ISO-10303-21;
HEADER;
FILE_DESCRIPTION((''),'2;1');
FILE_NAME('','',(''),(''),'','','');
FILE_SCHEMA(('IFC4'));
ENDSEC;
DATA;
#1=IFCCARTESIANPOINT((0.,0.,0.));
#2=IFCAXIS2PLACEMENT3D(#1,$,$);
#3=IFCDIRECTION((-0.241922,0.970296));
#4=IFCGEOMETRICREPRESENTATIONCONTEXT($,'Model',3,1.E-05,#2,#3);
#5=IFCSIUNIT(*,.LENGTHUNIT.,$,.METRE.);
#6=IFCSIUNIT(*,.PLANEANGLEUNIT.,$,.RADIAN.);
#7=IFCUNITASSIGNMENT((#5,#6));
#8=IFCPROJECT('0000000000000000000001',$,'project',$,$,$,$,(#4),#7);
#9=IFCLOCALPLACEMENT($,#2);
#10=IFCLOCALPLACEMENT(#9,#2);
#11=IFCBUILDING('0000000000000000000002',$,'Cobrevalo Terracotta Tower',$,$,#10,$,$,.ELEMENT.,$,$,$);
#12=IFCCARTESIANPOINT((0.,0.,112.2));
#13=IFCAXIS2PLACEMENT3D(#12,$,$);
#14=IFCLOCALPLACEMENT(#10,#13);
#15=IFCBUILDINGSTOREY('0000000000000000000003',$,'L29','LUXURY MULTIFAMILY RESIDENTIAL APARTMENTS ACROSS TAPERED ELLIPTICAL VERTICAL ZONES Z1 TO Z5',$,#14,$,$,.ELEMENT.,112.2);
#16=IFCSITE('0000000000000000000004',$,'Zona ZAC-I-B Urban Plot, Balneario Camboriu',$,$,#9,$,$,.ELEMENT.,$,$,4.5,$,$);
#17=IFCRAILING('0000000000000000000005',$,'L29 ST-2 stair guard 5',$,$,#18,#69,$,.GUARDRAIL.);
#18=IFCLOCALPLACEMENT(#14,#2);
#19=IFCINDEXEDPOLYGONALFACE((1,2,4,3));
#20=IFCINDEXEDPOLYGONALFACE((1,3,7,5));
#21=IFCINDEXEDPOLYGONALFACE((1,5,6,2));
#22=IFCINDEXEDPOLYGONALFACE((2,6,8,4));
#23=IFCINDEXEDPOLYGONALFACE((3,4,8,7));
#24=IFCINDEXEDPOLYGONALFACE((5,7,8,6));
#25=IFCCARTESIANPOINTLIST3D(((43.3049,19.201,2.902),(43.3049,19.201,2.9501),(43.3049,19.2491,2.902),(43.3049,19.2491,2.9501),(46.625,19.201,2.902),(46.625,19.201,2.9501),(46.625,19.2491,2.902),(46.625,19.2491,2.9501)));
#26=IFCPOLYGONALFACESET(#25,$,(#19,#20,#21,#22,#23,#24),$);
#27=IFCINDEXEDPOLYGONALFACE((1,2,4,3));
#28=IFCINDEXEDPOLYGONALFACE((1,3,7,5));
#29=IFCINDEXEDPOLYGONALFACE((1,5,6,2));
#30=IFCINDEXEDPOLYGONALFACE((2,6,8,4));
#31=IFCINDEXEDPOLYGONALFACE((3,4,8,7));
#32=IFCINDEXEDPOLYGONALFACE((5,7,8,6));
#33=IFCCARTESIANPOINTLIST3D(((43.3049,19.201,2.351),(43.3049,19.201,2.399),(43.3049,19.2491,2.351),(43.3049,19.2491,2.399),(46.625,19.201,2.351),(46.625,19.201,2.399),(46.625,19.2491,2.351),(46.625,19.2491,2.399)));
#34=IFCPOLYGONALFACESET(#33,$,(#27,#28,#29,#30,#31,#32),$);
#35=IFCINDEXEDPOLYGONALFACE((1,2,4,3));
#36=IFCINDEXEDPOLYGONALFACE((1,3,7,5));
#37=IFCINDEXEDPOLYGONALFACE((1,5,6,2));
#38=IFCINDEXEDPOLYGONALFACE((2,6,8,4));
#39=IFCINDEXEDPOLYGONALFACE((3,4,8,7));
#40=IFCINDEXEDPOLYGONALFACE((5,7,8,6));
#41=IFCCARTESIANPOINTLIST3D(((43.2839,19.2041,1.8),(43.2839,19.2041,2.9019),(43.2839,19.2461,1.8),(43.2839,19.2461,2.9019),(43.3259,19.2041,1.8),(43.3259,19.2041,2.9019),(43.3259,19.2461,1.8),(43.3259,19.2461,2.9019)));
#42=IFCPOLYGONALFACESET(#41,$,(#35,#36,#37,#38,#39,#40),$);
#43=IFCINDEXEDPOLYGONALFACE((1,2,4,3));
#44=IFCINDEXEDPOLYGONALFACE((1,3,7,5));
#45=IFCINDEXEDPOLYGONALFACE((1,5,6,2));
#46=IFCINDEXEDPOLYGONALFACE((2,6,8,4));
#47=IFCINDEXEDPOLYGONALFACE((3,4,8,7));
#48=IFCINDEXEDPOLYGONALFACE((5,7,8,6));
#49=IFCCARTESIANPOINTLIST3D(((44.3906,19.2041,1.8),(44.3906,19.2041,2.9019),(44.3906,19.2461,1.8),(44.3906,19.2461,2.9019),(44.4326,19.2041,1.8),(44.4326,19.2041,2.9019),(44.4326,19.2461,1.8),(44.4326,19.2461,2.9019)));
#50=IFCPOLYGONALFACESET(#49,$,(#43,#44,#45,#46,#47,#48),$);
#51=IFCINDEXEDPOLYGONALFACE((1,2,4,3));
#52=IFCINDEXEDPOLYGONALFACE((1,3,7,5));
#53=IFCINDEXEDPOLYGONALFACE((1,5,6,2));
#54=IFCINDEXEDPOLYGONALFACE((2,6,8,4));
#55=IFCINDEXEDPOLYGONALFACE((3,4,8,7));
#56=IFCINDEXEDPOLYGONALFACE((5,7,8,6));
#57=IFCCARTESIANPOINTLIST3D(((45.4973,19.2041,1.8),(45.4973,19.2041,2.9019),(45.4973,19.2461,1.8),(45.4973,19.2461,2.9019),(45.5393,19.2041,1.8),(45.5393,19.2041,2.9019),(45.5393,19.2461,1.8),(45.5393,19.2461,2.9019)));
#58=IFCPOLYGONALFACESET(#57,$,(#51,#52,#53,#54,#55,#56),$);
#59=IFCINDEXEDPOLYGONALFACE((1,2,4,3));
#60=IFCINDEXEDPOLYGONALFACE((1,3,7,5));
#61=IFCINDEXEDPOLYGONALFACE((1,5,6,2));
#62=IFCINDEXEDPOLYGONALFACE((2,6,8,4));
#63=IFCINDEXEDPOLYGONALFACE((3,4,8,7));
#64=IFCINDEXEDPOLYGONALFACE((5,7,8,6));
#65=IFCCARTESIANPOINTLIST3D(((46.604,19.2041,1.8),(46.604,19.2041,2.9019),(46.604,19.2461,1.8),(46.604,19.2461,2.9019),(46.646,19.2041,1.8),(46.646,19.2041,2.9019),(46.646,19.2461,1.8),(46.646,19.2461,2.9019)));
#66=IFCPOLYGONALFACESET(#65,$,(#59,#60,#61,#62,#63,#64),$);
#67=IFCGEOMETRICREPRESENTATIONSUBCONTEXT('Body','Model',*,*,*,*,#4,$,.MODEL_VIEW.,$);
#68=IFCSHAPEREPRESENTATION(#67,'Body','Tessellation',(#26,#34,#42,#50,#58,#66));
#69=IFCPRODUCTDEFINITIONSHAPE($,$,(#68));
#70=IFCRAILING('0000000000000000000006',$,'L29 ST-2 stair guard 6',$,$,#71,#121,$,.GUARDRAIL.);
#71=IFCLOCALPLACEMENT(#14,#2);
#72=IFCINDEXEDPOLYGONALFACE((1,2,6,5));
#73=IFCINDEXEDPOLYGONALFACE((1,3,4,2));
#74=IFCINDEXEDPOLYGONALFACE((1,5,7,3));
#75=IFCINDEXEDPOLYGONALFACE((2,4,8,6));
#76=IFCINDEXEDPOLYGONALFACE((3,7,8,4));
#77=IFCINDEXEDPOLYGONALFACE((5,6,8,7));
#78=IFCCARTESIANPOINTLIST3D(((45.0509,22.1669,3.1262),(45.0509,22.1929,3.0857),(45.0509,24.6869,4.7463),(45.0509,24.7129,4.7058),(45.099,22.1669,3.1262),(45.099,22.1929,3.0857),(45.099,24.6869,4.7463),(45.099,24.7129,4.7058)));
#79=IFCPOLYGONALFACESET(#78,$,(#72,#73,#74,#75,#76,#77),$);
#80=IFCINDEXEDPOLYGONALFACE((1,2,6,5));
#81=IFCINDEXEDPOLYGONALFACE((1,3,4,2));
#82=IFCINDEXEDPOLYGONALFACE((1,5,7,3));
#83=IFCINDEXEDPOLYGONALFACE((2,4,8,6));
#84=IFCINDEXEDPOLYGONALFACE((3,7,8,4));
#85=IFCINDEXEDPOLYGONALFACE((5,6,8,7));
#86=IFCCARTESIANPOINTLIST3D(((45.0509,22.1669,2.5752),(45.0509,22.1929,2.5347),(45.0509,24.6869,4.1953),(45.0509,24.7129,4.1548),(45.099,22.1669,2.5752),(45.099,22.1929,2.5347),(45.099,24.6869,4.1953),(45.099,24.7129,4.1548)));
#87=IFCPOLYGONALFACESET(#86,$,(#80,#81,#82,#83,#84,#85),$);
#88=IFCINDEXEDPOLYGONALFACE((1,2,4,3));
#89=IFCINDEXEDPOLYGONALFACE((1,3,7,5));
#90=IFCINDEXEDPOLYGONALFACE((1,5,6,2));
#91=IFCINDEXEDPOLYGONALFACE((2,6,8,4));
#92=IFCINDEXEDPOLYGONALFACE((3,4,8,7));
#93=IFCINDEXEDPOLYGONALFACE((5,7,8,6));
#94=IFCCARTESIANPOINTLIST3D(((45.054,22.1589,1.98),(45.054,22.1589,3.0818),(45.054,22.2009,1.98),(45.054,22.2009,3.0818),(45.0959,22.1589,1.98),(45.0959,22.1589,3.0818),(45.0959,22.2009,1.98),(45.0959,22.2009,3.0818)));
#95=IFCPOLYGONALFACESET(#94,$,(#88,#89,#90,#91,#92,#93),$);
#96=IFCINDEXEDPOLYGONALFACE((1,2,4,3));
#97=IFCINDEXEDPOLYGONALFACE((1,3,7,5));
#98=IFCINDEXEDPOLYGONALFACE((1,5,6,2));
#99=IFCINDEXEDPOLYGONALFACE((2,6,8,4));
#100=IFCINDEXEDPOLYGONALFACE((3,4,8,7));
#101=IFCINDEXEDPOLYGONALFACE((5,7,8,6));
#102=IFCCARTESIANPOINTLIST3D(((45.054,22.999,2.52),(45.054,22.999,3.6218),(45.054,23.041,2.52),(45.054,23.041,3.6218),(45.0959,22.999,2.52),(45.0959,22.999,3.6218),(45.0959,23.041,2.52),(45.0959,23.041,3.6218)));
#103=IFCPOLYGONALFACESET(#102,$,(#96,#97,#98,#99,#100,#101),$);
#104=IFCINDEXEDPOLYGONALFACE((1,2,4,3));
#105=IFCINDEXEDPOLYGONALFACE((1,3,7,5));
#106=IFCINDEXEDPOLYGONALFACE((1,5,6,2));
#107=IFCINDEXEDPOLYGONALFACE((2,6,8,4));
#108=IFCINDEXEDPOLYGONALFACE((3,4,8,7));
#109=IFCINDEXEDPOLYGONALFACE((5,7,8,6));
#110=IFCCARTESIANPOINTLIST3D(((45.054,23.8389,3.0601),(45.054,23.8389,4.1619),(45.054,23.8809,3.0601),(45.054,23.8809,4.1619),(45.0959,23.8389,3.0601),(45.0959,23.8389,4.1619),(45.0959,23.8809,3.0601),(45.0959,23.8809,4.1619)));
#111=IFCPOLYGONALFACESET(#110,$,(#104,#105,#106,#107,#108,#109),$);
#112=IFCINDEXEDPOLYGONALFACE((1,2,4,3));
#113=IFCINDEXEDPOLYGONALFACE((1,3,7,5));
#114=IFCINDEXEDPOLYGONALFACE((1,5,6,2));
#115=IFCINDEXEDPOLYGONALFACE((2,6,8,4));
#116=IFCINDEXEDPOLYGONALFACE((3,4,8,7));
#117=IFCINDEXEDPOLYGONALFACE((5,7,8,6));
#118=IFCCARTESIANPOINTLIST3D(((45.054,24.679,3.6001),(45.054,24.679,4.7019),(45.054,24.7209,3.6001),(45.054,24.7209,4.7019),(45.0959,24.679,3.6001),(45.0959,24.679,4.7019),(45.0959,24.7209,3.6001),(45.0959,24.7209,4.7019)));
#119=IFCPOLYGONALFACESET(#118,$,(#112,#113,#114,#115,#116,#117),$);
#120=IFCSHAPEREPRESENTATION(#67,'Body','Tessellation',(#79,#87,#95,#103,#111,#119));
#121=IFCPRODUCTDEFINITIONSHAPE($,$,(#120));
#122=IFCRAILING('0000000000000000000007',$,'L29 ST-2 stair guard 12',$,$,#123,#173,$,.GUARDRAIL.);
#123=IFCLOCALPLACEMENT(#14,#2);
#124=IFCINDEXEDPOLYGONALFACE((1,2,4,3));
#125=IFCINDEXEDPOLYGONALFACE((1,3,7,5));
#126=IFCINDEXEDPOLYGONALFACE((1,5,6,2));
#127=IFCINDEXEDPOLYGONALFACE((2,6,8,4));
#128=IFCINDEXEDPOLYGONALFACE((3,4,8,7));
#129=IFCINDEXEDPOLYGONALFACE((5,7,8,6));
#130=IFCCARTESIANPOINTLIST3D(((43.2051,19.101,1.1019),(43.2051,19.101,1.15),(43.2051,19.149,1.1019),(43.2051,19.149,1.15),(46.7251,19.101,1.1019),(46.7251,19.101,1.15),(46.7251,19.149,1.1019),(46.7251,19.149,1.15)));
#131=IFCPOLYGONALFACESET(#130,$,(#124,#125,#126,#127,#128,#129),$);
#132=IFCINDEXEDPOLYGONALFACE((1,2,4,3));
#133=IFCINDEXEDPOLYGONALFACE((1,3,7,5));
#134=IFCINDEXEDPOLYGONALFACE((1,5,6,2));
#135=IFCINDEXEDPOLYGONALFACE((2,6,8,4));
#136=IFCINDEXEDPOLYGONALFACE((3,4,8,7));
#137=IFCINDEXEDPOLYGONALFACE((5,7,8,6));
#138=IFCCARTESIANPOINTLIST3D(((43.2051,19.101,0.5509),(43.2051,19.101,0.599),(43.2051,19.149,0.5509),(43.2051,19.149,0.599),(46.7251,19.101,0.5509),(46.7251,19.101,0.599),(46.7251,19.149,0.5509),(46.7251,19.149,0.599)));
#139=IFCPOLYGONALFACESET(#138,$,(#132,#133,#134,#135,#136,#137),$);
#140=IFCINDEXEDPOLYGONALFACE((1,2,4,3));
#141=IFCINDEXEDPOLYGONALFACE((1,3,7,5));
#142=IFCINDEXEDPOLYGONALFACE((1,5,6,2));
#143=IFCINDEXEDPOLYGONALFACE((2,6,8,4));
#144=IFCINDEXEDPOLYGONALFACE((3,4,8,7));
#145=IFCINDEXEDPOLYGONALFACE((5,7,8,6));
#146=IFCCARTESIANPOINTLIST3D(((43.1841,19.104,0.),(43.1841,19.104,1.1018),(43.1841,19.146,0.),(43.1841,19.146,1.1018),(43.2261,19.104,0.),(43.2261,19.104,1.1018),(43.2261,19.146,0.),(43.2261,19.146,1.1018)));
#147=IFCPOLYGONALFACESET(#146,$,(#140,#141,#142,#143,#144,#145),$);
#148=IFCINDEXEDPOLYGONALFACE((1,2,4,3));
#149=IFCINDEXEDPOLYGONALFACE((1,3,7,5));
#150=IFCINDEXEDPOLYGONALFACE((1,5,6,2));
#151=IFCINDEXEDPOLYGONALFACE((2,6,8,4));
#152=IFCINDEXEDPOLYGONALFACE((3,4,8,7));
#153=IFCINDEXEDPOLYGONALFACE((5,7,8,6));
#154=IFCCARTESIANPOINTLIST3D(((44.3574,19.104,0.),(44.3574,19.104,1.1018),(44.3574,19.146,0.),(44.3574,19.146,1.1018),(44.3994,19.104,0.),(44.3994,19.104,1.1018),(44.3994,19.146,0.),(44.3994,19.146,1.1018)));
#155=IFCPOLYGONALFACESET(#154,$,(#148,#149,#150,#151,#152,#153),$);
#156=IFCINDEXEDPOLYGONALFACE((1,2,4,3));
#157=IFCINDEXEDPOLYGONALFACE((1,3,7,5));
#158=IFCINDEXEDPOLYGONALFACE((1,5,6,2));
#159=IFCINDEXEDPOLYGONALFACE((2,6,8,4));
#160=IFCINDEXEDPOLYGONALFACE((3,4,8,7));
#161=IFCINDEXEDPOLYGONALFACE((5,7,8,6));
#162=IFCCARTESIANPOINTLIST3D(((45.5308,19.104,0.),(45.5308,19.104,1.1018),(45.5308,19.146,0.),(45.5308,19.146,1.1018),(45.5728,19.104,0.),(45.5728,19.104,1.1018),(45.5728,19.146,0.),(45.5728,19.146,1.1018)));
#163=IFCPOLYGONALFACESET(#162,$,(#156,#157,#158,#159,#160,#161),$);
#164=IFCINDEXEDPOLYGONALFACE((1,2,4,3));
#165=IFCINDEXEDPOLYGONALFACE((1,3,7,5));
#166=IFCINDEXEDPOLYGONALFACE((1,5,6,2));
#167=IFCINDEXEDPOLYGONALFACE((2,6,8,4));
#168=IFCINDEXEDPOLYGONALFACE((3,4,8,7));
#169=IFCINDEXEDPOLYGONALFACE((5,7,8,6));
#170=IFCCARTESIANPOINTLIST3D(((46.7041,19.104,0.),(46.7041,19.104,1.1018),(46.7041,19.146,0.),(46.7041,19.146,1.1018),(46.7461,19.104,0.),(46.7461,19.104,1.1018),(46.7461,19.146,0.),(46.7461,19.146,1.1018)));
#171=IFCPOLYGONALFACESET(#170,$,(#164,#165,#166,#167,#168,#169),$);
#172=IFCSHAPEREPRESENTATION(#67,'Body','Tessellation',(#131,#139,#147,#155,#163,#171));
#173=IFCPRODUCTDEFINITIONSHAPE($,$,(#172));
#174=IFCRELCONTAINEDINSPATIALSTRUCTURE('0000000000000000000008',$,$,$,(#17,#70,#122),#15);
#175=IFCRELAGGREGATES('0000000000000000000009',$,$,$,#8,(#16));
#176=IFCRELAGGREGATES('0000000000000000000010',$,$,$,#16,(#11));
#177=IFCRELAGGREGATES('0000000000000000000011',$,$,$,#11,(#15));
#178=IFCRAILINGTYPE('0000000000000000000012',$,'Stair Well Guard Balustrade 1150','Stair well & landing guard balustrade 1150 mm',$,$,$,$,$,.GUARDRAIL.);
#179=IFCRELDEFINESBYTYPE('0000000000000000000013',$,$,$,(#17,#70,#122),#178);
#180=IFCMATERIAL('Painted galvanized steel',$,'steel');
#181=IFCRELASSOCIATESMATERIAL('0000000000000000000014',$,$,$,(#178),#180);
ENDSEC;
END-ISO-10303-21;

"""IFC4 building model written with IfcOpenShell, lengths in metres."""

from ifc_helpers import new_model, si_unit, direction, frame, origin, origin_2d, place, context, subcontext, project, spatial, rectangle, extrude, material, type_object, element, save


model = new_model("IFC4")

# Units and contexts
model_context = context("Model", 3, precision=1e-05, world=origin(), true_north=direction((-0.241922, 0.970296)))
body_context = subcontext(model_context, "Body", "Model", "MODEL_VIEW")
ifc_project = project(units=[si_unit("LENGTHUNIT", "METRE"), si_unit("PLANEANGLEUNIT", "RADIAN")], contexts=[model_context])

# Site, building, storey
site_placement = place(None, origin())
site = spatial("IfcSite", under=ifc_project, at=site_placement, Name="Zona ZAC-I-B Urban Plot, Balneario Camboriu", CompositionType="ELEMENT", RefElevation=4.5)
building_placement = place(site_placement, origin())
building = spatial("IfcBuilding", under=site, at=building_placement, Name="Cobrevalo Terracotta Tower", CompositionType="ELEMENT")
storey_placement = place(building_placement, frame((0.0, 0.0, 112.2)))
storey = spatial("IfcBuildingStorey", under=building, at=storey_placement, Name="L29", Description="LUXURY MULTIFAMILY RESIDENTIAL APARTMENTS ACROSS TAPERED ELLIPTICAL VERTICAL ZONES Z1 TO Z5", CompositionType="ELEMENT", Elevation=112.2)

# Railings
ifc_material_1 = material(Name="Painted galvanized steel", Category="steel")
railing_type_1 = type_object("IfcRailingType", Name="Stair Well Guard Balustrade 1150", Description="Stair well & landing guard balustrade 1150 mm", PredefinedType="GUARDRAIL", material=ifc_material_1)
railing_1_placement = place(storey_placement, frame((43.3049, 19.2251, 1.8)))
element("IfcRailing", 1, at=railing_1_placement, inside=storey, type_object=railing_type_1, Name="L29 ST-2 stair guard 5", PredefinedType="GUARDRAIL", context=body_context, shape_type="SweptSolid", body=[
    extrude(rectangle(XDim=0.0481, YDim=0.0481, at=origin_2d()), frame((0.0, 0.0, 1.126), z_axis=(1.0, 0.0, 0.0), x_axis=(0.0, 1.0, 0.0)), (0.0, 0.0, 1.0), 3.3201),
    extrude(rectangle(XDim=0.0481, YDim=0.0481, at=origin_2d()), frame((0.0, 0.0, 0.575), z_axis=(1.0, 0.0, 0.0), x_axis=(0.0, 1.0, 0.0)), (0.0, 0.0, 1.0), 3.3201),
    extrude(rectangle(XDim=0.042, YDim=0.042, at=origin_2d()), origin(), (0.0, 0.0, 1.0), 1.1018),
    extrude(rectangle(XDim=0.042, YDim=0.042, at=origin_2d()), frame((1.1067, 0.0, 0.0)), (0.0, 0.0, 1.0), 1.1018),
    extrude(rectangle(XDim=0.042, YDim=0.042, at=origin_2d()), frame((2.2134, 0.0, 0.0)), (0.0, 0.0, 1.0), 1.1018),
    extrude(rectangle(XDim=0.042, YDim=0.042, at=origin_2d()), frame((3.3201, 0.0, 0.0)), (0.0, 0.0, 1.0), 1.1018),
])
railing_2_placement = place(storey_placement, frame((45.075, 22.1799, 1.98)))
element("IfcRailing", 2, at=railing_2_placement, inside=storey, type_object=railing_type_1, Name="L29 ST-2 stair guard 6", PredefinedType="GUARDRAIL", context=body_context, shape_type="SweptSolid", body=[
    extrude(rectangle(XDim=0.0481, YDim=0.0481, at=origin_2d()), frame((0.0, 0.0, 1.126), z_axis=(0.0, 0.841163, 0.540782), x_axis=(-1.0, 0.0, 0.0)), (0.0, 0.0, 1.0), 2.9958),
    extrude(rectangle(XDim=0.0481, YDim=0.0481, at=origin_2d()), frame((0.0, 0.0, 0.575), z_axis=(0.0, 0.841163, 0.540782), x_axis=(-1.0, 0.0, 0.0)), (0.0, 0.0, 1.0), 2.9958),
    extrude(rectangle(XDim=0.042, YDim=0.042, at=origin_2d()), origin(), (0.0, 0.0, 1.0), 1.1018),
    extrude(rectangle(XDim=0.042, YDim=0.042, at=origin_2d()), frame((0.0, 0.8401, 0.54)), (0.0, 0.0, 1.0), 1.1018),
    extrude(rectangle(XDim=0.042, YDim=0.042, at=origin_2d()), frame((0.0, 1.6799, 1.0801)), (0.0, 0.0, 1.0), 1.1018),
    extrude(rectangle(XDim=0.042, YDim=0.042, at=origin_2d()), frame((0.0, 2.52, 1.6201)), (0.0, 0.0, 1.0), 1.1018),
])
railing_3_placement = place(storey_placement, frame((43.2051, 19.125, 0.0)))
element("IfcRailing", 3, at=railing_3_placement, inside=storey, type_object=railing_type_1, Name="L29 ST-2 stair guard 12", PredefinedType="GUARDRAIL", context=body_context, shape_type="SweptSolid", body=[
    extrude(rectangle(XDim=0.0481, YDim=0.0481, at=origin_2d()), frame((0.0, 0.0, 1.126), z_axis=(1.0, 0.0, 0.0), x_axis=(0.0, 1.0, 0.0)), (0.0, 0.0, 1.0), 3.52),
    extrude(rectangle(XDim=0.0481, YDim=0.0481, at=origin_2d()), frame((0.0, 0.0, 0.575), z_axis=(1.0, 0.0, 0.0), x_axis=(0.0, 1.0, 0.0)), (0.0, 0.0, 1.0), 3.52),
    extrude(rectangle(XDim=0.042, YDim=0.042, at=origin_2d()), origin(), (0.0, 0.0, 1.0), 1.1018),
    extrude(rectangle(XDim=0.042, YDim=0.042, at=origin_2d()), frame((1.1733, 0.0, 0.0)), (0.0, 0.0, 1.0), 1.1018),
    extrude(rectangle(XDim=0.042, YDim=0.042, at=origin_2d()), frame((2.3467, 0.0, 0.0)), (0.0, 0.0, 1.0), 1.1018),
    extrude(rectangle(XDim=0.042, YDim=0.042, at=origin_2d()), frame((3.52, 0.0, 0.0)), (0.0, 0.0, 1.0), 1.1018),
])

save(model, "model.ifc")
